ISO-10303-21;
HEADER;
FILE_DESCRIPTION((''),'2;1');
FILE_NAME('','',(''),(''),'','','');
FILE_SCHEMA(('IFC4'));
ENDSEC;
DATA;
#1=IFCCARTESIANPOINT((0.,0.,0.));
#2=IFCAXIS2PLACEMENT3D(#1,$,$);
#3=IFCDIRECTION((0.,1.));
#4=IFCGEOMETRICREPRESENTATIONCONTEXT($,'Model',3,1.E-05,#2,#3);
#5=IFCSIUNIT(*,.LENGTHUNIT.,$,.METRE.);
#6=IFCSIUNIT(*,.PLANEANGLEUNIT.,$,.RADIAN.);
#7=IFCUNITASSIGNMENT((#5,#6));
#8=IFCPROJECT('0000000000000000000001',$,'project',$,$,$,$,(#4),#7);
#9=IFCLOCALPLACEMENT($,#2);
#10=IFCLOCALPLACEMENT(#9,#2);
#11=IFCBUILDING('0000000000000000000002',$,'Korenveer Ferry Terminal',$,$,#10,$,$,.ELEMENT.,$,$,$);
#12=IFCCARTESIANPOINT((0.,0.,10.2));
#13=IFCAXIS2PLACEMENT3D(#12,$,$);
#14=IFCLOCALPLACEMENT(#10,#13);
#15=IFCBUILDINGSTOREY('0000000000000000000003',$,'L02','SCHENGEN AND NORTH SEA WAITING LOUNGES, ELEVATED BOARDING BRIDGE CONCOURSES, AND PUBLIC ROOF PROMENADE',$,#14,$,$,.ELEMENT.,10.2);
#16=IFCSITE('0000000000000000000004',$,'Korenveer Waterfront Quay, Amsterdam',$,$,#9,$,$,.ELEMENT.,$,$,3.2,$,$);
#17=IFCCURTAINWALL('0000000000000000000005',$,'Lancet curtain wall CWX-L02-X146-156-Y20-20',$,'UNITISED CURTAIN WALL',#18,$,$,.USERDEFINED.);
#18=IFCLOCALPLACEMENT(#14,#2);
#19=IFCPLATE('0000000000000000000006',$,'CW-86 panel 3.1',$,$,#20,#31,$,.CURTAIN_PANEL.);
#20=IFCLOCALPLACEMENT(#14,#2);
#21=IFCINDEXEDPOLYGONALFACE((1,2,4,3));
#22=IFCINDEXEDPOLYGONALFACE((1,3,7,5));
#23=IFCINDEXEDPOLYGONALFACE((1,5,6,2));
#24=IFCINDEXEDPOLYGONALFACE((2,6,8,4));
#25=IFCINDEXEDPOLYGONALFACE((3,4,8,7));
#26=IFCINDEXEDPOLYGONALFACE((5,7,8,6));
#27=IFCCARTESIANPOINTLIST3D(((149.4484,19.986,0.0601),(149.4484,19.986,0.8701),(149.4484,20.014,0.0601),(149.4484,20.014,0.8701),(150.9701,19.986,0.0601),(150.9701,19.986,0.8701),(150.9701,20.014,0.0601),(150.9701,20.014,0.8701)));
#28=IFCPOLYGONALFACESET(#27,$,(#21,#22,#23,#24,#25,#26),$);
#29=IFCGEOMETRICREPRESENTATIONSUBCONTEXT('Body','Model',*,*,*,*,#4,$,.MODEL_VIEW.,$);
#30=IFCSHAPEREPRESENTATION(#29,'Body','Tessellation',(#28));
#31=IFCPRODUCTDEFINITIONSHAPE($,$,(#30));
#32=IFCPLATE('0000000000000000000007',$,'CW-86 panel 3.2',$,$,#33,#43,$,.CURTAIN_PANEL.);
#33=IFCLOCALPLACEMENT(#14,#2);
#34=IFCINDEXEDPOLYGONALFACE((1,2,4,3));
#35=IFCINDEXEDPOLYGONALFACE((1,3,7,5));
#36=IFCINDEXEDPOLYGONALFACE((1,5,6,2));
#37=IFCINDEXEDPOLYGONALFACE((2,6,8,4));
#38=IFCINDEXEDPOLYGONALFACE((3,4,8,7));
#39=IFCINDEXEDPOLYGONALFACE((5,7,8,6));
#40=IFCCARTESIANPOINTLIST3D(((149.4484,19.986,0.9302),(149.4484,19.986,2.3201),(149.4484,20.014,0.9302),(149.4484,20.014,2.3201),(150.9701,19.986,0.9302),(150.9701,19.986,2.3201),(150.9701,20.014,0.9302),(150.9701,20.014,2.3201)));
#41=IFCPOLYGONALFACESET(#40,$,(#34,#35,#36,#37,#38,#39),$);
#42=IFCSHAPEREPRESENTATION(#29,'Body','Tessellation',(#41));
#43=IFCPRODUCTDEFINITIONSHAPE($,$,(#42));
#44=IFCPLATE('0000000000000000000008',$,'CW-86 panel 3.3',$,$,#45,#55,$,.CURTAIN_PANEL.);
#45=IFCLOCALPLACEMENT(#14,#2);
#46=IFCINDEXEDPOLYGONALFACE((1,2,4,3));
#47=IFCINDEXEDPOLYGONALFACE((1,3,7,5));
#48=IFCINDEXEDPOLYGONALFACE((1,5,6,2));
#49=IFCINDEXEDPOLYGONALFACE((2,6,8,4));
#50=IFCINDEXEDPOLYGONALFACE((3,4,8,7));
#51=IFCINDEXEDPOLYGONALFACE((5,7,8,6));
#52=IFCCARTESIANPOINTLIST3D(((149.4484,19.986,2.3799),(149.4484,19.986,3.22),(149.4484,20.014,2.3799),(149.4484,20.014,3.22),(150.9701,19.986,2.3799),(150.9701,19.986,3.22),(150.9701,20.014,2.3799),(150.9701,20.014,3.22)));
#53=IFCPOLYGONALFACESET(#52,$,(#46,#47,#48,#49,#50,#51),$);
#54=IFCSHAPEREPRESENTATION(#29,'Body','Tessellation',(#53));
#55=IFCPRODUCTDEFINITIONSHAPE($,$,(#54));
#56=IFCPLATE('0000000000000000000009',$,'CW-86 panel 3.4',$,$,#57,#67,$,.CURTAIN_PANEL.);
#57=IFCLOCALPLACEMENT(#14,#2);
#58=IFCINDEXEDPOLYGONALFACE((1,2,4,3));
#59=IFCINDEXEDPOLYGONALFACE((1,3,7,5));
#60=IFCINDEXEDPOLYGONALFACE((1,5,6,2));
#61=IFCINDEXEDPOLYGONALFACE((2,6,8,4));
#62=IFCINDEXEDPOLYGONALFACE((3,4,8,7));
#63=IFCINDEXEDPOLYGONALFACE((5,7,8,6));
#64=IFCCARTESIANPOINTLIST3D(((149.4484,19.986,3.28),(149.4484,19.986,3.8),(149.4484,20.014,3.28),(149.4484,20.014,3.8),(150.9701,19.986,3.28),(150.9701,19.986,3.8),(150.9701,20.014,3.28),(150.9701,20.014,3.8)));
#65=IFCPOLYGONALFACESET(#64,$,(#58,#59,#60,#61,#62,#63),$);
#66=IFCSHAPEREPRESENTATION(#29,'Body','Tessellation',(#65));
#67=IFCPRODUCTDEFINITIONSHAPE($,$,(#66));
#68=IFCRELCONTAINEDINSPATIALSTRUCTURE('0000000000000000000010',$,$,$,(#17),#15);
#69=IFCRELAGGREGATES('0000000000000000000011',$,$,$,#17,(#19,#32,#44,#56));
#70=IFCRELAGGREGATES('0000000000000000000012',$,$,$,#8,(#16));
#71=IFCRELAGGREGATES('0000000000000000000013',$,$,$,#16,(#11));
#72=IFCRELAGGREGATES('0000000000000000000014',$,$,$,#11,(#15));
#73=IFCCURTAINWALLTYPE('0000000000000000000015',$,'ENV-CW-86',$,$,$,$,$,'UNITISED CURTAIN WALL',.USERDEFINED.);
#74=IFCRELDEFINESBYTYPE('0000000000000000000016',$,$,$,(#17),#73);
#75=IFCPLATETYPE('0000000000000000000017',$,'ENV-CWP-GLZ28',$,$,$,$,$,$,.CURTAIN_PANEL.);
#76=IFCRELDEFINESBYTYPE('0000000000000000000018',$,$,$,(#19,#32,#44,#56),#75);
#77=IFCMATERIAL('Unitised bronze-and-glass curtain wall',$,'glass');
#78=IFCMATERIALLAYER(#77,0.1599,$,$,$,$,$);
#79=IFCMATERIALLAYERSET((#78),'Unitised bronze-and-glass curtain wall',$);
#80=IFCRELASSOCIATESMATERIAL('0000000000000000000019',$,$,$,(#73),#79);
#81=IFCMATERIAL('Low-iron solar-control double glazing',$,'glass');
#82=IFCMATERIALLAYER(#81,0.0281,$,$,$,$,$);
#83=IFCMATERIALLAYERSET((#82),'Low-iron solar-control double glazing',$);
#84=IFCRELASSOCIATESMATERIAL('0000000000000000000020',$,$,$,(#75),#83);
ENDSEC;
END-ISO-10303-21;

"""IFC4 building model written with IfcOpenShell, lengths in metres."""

from ifc_helpers import new_model, si_unit, direction, frame, origin, origin_2d, place, context, subcontext, project, spatial, rectangle, extrude, material, layer, layer_set, type_object, element, aggregate, save


model = new_model("IFC4")

# Units and contexts
model_context = context("Model", 3, precision=1e-05, world=origin(), true_north=direction((0.0, 1.0)))
body_context = subcontext(model_context, "Body", "Model", "MODEL_VIEW")
ifc_project = project(units=[si_unit("LENGTHUNIT", "METRE"), si_unit("PLANEANGLEUNIT", "RADIAN")], contexts=[model_context])

# Site, building, storey
site_placement = place(None, origin())
site = spatial("IfcSite", under=ifc_project, at=site_placement, Name="Korenveer Waterfront Quay, Amsterdam", CompositionType="ELEMENT", RefElevation=3.2)
building_placement = place(site_placement, origin())
building = spatial("IfcBuilding", under=site, at=building_placement, Name="Korenveer Ferry Terminal", CompositionType="ELEMENT")
storey_placement = place(building_placement, frame((0.0, 0.0, 10.2)))
storey = spatial("IfcBuildingStorey", under=building, at=storey_placement, Name="L02", Description="SCHENGEN AND NORTH SEA WAITING LOUNGES, ELEVATED BOARDING BRIDGE CONCOURSES, AND PUBLIC ROOF PROMENADE", CompositionType="ELEMENT", Elevation=10.2)

# Curtain wall, plates
ifc_material_1 = material(Name="Unitised bronze-and-glass curtain wall", Category="glass")
ifc_layer_1 = layer(ifc_material_1, 0.1599)
ifc_layer_set_1 = layer_set([ifc_layer_1], Name="Unitised bronze-and-glass curtain wall")
curtain_wall_type = type_object("IfcCurtainWallType", Name="ENV-CW-86", ElementType="UNITISED CURTAIN WALL", PredefinedType="USERDEFINED", material=ifc_layer_set_1)
curtain_wall_placement = place(storey_placement, frame((146.2549, 20.0, 0.0)))
curtain_wall = element("IfcCurtainWall", 1, at=curtain_wall_placement, inside=storey, type_object=curtain_wall_type, Name="Lancet curtain wall CWX-L02-X146-156-Y20-20", ObjectType="UNITISED CURTAIN WALL", PredefinedType="USERDEFINED")
ifc_material_2 = material(Name="Low-iron solar-control double glazing", Category="glass")
ifc_layer_2 = layer(ifc_material_2, 0.0281)
ifc_layer_set_2 = layer_set([ifc_layer_2], Name="Low-iron solar-control double glazing")
plate_type = type_object("IfcPlateType", Name="ENV-CWP-GLZ28", PredefinedType="CURTAIN_PANEL", material=ifc_layer_set_2)
plate_1_placement = place(storey_placement, frame((150.2092, 20.0, 0.0601), z_axis=(0.0, 0.0, 1.0), x_axis=(1.0, 0.0, 0.0)))
plate_1 = element("IfcPlate", 2, at=plate_1_placement, type_object=plate_type, Name="CW-86 panel 3.1", PredefinedType="CURTAIN_PANEL", context=body_context, shape_type="SweptSolid", body=[
    extrude(rectangle(XDim=1.5217, YDim=0.0281, at=origin_2d()), origin(), (0.0, 0.0, 1.0), 0.8101),
])
plate_2_placement = place(storey_placement, frame((150.2092, 20.0, 0.9302), z_axis=(0.0, 0.0, 1.0), x_axis=(1.0, 0.0, 0.0)))
plate_2 = element("IfcPlate", 3, at=plate_2_placement, type_object=plate_type, Name="CW-86 panel 3.2", PredefinedType="CURTAIN_PANEL", context=body_context, shape_type="SweptSolid", body=[
    extrude(rectangle(XDim=1.5217, YDim=0.0281, at=origin_2d()), origin(), (0.0, 0.0, 1.0), 1.3899),
])
plate_3_placement = place(storey_placement, frame((150.2092, 20.0, 2.3799), z_axis=(0.0, 0.0, 1.0), x_axis=(1.0, 0.0, 0.0)))
plate_3 = element("IfcPlate", 4, at=plate_3_placement, type_object=plate_type, Name="CW-86 panel 3.3", PredefinedType="CURTAIN_PANEL", context=body_context, shape_type="SweptSolid", body=[
    extrude(rectangle(XDim=1.5217, YDim=0.0281, at=origin_2d()), origin(), (0.0, 0.0, 1.0), 0.8401),
])
plate_4_placement = place(storey_placement, frame((150.2092, 20.0, 3.28), z_axis=(0.0, 0.0, 1.0), x_axis=(1.0, 0.0, 0.0)))
plate_4 = element("IfcPlate", 5, at=plate_4_placement, type_object=plate_type, Name="CW-86 panel 3.4", PredefinedType="CURTAIN_PANEL", context=body_context, shape_type="SweptSolid", body=[
    extrude(rectangle(XDim=1.5217, YDim=0.0281, at=origin_2d()), origin(), (0.0, 0.0, 1.0), 0.52),
])
aggregate(curtain_wall, [plate_1, plate_2, plate_3, plate_4])

save(model, "model.ifc")
